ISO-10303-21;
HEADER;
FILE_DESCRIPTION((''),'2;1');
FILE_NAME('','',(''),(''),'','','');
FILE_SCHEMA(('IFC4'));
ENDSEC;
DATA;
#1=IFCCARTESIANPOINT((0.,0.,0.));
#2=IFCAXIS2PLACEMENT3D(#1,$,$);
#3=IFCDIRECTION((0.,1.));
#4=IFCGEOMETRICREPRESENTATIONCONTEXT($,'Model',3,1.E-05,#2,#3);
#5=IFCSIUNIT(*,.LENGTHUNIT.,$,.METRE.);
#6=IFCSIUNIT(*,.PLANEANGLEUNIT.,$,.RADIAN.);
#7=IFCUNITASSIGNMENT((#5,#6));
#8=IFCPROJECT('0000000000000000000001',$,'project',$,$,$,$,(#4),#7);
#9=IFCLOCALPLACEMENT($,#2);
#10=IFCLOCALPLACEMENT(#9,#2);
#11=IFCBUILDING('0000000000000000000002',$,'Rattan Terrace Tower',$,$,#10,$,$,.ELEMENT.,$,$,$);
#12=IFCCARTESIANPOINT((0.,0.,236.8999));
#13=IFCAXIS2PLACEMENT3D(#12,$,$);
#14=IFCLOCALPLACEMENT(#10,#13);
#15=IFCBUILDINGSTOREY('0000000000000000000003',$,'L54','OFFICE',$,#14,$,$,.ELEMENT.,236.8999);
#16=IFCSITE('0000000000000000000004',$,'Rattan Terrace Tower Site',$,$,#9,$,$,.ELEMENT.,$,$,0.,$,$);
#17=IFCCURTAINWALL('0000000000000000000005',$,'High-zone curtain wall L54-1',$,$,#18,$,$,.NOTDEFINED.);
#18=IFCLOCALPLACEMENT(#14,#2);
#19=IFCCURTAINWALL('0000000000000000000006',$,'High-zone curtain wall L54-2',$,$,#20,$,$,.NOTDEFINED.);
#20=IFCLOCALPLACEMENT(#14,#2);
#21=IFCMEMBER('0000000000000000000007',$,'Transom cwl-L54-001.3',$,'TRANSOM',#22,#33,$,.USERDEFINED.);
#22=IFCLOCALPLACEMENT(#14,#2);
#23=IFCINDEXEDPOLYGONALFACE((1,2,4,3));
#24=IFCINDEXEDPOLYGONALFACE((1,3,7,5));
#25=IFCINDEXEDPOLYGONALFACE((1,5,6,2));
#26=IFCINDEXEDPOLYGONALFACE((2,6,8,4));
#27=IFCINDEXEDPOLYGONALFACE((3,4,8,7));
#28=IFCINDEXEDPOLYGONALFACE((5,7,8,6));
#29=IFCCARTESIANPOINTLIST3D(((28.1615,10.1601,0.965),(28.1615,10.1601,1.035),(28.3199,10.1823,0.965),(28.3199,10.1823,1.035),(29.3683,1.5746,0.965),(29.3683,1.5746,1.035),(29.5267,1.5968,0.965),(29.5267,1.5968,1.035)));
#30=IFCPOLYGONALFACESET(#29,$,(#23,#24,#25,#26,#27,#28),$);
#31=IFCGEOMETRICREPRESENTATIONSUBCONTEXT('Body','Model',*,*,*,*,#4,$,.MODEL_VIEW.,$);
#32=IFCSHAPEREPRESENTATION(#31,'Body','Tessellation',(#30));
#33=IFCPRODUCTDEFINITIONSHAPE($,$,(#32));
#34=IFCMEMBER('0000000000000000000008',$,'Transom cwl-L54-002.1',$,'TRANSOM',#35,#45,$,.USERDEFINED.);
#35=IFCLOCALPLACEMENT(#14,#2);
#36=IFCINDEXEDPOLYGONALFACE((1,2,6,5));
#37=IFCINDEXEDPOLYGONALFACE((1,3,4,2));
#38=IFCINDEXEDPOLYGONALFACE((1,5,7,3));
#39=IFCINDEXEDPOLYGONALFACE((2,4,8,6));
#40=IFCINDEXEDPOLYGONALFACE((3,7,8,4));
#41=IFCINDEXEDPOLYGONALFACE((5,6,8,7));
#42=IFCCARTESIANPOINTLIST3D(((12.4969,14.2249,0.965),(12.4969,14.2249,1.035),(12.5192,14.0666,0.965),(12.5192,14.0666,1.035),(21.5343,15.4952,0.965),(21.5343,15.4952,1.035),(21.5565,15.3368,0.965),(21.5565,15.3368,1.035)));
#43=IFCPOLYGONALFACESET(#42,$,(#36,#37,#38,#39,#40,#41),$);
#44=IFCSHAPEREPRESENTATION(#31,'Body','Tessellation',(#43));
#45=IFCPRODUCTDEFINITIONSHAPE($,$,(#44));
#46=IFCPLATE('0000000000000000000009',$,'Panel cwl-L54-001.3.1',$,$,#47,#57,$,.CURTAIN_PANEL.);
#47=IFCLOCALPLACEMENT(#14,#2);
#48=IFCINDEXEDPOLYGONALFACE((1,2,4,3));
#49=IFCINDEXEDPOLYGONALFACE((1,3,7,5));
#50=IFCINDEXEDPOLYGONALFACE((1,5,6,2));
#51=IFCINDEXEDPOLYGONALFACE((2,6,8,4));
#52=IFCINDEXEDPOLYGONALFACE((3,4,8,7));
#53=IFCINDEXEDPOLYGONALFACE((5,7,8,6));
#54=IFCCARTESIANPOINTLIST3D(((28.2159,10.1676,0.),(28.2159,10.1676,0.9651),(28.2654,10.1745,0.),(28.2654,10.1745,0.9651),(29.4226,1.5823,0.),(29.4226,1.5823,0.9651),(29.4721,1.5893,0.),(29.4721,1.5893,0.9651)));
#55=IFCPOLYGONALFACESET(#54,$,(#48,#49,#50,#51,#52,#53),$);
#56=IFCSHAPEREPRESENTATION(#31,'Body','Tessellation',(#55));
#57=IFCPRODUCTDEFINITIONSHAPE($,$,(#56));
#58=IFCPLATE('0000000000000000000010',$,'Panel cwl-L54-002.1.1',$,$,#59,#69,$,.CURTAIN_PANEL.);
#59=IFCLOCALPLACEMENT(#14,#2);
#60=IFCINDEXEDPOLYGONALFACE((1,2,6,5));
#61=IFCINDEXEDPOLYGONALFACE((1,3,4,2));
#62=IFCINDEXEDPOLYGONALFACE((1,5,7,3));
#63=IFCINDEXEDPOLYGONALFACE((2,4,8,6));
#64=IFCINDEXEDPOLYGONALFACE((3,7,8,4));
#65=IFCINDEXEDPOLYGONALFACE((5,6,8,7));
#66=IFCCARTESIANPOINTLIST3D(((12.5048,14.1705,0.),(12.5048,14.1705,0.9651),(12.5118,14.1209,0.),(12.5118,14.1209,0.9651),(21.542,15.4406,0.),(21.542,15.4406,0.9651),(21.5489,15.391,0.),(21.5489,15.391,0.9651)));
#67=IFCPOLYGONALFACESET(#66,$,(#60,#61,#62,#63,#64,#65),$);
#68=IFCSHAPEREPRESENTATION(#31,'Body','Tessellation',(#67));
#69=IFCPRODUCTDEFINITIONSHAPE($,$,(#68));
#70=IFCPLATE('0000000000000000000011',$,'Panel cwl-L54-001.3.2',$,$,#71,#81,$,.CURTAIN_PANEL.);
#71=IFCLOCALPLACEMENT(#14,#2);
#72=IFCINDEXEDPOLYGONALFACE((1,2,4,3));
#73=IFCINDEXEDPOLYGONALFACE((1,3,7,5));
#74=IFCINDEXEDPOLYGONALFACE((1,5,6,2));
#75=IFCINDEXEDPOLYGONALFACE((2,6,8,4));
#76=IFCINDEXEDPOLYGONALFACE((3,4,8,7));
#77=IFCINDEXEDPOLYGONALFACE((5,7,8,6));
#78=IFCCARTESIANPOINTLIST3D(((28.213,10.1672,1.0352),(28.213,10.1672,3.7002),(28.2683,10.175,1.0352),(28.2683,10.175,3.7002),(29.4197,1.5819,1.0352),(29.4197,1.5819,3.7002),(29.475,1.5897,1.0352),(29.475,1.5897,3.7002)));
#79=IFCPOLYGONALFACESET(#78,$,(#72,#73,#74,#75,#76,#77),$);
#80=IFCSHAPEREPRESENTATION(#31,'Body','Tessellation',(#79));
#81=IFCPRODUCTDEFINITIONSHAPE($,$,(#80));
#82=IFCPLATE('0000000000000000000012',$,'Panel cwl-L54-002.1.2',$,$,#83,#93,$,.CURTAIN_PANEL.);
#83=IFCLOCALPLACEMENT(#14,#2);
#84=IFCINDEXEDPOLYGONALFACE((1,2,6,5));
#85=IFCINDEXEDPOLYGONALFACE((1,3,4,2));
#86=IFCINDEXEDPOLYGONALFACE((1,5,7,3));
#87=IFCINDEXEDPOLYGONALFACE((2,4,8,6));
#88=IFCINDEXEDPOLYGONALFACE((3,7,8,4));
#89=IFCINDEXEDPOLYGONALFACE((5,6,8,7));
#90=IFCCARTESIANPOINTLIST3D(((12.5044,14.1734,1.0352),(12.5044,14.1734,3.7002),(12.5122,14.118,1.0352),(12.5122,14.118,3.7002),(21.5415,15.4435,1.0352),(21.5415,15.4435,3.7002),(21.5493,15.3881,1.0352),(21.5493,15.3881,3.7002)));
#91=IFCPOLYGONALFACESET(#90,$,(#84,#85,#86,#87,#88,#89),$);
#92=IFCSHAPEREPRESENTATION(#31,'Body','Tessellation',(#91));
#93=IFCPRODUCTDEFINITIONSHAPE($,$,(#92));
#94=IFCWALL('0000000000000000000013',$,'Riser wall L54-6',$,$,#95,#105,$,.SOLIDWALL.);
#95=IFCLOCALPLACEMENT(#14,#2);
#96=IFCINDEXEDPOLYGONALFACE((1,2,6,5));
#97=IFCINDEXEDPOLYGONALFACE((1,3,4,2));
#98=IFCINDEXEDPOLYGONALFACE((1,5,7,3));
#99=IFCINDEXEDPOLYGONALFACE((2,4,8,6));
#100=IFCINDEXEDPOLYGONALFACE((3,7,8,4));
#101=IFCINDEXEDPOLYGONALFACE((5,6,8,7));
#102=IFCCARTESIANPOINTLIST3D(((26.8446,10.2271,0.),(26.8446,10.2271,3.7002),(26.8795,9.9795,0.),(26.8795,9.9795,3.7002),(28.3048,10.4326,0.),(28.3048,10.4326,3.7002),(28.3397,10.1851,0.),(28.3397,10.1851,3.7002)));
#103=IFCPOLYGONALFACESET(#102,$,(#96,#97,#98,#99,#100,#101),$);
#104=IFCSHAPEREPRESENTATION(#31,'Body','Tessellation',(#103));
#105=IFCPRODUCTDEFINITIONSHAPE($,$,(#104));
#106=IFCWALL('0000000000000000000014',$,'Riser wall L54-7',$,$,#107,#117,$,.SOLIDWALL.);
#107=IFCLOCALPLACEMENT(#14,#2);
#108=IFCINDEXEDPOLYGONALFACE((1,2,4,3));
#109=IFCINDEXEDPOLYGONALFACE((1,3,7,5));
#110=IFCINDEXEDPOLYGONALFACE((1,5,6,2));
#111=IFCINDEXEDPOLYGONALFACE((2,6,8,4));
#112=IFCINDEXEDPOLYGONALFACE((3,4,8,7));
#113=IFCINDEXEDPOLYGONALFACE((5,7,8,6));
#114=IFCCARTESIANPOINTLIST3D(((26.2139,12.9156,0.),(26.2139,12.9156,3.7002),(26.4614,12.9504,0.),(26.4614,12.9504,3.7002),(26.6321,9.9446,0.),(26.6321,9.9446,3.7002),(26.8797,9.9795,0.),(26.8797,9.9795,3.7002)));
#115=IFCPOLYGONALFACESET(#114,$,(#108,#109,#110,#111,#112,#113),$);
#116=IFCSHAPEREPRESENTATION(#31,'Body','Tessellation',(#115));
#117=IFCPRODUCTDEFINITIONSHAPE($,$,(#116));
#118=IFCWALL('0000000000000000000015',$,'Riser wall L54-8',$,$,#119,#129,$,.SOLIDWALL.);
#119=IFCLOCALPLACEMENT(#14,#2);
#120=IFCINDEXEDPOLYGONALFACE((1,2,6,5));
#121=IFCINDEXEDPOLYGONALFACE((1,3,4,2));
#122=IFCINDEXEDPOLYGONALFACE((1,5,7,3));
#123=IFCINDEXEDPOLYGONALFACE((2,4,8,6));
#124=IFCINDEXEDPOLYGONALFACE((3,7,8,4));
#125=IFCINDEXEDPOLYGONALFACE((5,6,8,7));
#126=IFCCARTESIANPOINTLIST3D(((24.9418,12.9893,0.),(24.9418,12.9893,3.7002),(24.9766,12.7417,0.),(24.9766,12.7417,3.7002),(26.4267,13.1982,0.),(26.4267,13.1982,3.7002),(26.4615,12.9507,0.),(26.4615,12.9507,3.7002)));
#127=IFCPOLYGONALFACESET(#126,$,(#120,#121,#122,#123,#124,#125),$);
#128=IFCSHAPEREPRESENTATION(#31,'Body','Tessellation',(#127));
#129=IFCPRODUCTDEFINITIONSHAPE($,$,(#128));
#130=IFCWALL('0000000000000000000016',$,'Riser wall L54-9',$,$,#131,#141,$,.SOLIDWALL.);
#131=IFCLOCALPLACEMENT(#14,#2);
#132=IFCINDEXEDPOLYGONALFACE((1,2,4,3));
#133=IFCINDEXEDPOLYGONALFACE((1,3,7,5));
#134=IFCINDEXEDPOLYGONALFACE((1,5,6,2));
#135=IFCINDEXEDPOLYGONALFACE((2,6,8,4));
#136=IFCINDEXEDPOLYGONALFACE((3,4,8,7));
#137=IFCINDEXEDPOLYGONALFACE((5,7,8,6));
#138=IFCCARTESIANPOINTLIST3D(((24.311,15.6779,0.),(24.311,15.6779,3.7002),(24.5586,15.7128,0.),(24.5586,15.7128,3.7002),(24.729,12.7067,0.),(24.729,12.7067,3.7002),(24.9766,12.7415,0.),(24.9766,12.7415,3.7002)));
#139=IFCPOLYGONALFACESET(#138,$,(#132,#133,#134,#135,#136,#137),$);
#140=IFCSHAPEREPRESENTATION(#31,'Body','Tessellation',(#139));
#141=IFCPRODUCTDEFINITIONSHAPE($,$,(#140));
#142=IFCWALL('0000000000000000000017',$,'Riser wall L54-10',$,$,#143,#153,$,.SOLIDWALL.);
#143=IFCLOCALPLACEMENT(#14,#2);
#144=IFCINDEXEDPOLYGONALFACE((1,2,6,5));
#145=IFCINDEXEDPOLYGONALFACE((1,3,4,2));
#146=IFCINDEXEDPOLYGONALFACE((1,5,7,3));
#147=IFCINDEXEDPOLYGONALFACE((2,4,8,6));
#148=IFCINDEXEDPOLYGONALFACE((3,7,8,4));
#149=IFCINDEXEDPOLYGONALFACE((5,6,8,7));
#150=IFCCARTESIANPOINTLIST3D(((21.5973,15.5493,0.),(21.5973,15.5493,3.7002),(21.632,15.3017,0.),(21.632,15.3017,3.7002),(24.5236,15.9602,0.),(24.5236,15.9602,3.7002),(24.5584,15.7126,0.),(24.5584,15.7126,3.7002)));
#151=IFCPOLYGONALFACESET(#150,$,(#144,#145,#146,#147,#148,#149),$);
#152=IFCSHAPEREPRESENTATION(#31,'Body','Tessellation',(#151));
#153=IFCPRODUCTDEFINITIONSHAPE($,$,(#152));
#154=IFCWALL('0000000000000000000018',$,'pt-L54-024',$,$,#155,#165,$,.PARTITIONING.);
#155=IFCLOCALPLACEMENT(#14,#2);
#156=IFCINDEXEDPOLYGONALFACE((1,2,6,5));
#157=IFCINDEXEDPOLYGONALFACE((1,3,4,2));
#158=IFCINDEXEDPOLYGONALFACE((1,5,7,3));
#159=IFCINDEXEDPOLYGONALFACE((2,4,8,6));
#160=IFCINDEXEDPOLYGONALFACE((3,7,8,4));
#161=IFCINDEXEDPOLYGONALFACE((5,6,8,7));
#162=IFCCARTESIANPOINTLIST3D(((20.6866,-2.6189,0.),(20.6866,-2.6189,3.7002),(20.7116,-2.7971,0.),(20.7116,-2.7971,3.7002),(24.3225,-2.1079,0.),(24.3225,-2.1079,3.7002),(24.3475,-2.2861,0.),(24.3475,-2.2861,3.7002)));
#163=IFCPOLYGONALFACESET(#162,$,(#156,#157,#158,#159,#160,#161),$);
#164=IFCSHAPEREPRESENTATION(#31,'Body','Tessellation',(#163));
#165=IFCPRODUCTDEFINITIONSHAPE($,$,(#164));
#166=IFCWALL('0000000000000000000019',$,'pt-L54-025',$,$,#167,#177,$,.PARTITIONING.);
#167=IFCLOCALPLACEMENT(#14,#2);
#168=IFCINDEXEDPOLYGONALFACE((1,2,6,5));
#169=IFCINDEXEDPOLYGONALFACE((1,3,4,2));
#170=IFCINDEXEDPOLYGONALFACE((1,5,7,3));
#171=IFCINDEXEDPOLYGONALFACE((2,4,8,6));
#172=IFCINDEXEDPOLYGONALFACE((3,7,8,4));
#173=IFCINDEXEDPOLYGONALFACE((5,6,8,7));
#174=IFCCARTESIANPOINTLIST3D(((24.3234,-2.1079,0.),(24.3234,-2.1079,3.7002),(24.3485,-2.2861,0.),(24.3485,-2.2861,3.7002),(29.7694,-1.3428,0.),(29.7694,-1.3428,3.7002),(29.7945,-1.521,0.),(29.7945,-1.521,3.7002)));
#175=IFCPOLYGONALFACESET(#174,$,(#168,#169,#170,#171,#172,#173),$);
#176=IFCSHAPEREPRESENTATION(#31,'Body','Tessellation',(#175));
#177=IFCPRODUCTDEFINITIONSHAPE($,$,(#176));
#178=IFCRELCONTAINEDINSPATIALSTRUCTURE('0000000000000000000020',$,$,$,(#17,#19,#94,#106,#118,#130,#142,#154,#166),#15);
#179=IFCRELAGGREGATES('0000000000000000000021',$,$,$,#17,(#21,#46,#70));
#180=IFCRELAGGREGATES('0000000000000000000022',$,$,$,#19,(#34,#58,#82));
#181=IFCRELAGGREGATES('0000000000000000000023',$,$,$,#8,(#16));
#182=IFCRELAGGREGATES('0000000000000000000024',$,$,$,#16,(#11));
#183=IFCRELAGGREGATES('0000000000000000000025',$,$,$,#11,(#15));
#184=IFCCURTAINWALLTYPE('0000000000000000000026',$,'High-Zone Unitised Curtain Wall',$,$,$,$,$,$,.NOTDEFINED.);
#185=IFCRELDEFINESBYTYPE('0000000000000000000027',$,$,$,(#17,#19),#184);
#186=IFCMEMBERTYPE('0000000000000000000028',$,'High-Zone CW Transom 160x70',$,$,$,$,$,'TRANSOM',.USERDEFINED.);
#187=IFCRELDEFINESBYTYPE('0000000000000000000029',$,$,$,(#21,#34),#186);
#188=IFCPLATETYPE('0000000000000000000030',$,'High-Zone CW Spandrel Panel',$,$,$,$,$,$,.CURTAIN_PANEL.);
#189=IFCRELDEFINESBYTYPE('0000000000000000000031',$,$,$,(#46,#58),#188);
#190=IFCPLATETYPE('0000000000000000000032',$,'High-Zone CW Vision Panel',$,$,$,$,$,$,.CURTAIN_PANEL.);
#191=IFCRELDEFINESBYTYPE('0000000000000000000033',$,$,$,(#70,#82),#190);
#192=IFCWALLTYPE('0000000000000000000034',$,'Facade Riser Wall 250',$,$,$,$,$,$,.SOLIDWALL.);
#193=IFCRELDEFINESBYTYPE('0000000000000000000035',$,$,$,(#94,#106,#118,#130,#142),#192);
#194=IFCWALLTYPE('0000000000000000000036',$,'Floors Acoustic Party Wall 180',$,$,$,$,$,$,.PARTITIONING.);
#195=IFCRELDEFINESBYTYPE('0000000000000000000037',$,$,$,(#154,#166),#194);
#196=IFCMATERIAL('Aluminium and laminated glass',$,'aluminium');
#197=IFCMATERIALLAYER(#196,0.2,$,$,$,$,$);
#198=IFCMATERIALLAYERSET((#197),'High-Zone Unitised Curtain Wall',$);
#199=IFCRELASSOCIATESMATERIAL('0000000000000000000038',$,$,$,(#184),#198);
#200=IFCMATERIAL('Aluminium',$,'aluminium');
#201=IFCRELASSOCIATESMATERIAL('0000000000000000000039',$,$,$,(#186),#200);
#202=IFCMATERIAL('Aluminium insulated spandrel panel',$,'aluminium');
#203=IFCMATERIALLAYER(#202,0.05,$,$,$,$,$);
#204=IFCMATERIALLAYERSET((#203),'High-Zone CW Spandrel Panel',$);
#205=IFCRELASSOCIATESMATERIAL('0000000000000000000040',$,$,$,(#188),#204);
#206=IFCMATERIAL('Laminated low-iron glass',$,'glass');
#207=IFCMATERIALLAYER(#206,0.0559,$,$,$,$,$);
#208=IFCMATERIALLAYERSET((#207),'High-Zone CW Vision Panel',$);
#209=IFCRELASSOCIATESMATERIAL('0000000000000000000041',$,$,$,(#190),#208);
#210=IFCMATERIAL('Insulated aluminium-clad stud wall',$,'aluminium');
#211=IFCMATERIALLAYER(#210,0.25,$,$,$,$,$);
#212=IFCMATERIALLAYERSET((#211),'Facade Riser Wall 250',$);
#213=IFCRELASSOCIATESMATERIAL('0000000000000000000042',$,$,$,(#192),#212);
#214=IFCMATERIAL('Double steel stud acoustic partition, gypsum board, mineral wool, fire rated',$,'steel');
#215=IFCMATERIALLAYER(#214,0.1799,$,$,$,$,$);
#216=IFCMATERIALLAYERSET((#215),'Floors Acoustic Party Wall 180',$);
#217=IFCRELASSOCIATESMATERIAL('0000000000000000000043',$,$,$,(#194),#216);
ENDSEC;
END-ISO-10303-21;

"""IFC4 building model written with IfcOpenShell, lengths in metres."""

from ifc_helpers import new_model, si_unit, direction, frame, frame_2d, origin, origin_2d, place, context, subcontext, project, spatial, rectangle, extrude, material, layer, layer_set, material_profile, profile_set, type_object, element, aggregate, save


model = new_model("IFC4")

# Units and contexts
model_context = context("Model", 3, precision=1e-05, world=origin(), true_north=direction((0.0, 1.0)))
body_context = subcontext(model_context, "Body", "Model", "MODEL_VIEW")
ifc_project = project(units=[si_unit("LENGTHUNIT", "METRE"), si_unit("PLANEANGLEUNIT", "RADIAN")], contexts=[model_context])

# Site, building, storey
site_placement = place(None, origin())
site = spatial("IfcSite", under=ifc_project, at=site_placement, Name="Rattan Terrace Tower Site", CompositionType="ELEMENT", RefElevation=0.0)
building_placement = place(site_placement, origin())
building = spatial("IfcBuilding", under=site, at=building_placement, Name="Rattan Terrace Tower", CompositionType="ELEMENT")
storey_placement = place(building_placement, frame((0.0, 0.0, 236.8999)))
storey = spatial("IfcBuildingStorey", under=building, at=storey_placement, Name="L54", Description="OFFICE", CompositionType="ELEMENT", Elevation=236.8999)

# Curtain walls
ifc_material_1 = material(Name="Aluminium and laminated glass", Category="aluminium")
ifc_layer_1 = layer(ifc_material_1, 0.2)
ifc_layer_set_1 = layer_set([ifc_layer_1], Name="High-Zone Unitised Curtain Wall")
curtain_wall_type = type_object("IfcCurtainWallType", Name="High-Zone Unitised Curtain Wall", PredefinedType="NOTDEFINED", material=ifc_layer_set_1)
curtain_wall_1_placement = place(storey_placement, origin())
curtain_wall_1 = element("IfcCurtainWall", 1, at=curtain_wall_1_placement, inside=storey, type_object=curtain_wall_type, Name="High-zone curtain wall L54-1", PredefinedType="NOTDEFINED")
curtain_wall_2_placement = place(storey_placement, origin())
curtain_wall_2 = element("IfcCurtainWall", 2, at=curtain_wall_2_placement, inside=storey, type_object=curtain_wall_type, Name="High-zone curtain wall L54-2", PredefinedType="NOTDEFINED")

# Members
ifc_material_2 = material(Name="Aluminium", Category="aluminium")
ifc_material_profile_1 = material_profile(ifc_material_2, rectangle(XDim=0.1599, YDim=0.0701, at=origin_2d()), Name="Aluminium 160x70")
ifc_profile_set_1 = profile_set([ifc_material_profile_1], Name="Aluminium")
member_type_1 = type_object("IfcMemberType", Name="High-Zone CW Transom 160x70", ElementType="TRANSOM", PredefinedType="USERDEFINED", material=ifc_profile_set_1)
member_1_placement = place(storey_placement, frame((29.4475, 1.5857, 1.0), z_axis=(-0.139194, 0.990265, 0.0), x_axis=(-0.990265, -0.139194, 0.0)))
member_1 = element("IfcMember", 3, at=member_1_placement, type_object=member_type_1, Name="Transom cwl-L54-001.3", ObjectType="TRANSOM", PredefinedType="USERDEFINED", context=body_context, shape_type="SweptSolid", body=[
    extrude(rectangle(XDim=0.1599, YDim=0.0701, at=origin_2d()), origin(), (0.0, 0.0, 1.0), 8.6699),
])
member_2_placement = place(storey_placement, frame((21.5454, 15.416, 1.0), z_axis=(-0.990266, -0.139189, 0.0), x_axis=(0.139189, -0.990266, 0.0)))
member_2 = element("IfcMember", 4, at=member_2_placement, type_object=member_type_1, Name="Transom cwl-L54-002.1", ObjectType="TRANSOM", PredefinedType="USERDEFINED", context=body_context, shape_type="SweptSolid", body=[
    extrude(rectangle(XDim=0.1599, YDim=0.0701, at=origin_2d()), origin(), (0.0, 0.0, 1.0), 9.1262),
])

# Plates
ifc_material_3 = material(Name="Aluminium insulated spandrel panel", Category="aluminium")
ifc_layer_2 = layer(ifc_material_3, 0.05)
ifc_layer_set_2 = layer_set([ifc_layer_2], Name="High-Zone CW Spandrel Panel")
plate_type_1 = type_object("IfcPlateType", Name="High-Zone CW Spandrel Panel", PredefinedType="CURTAIN_PANEL", material=ifc_layer_set_2)
plate_1_placement = place(storey_placement, frame((28.844, 5.8784, 0.0), z_axis=(0.0, 0.0, 1.0), x_axis=(-0.139186, 0.990266, 0.0)))
plate_1 = element("IfcPlate", 5, at=plate_1_placement, type_object=plate_type_1, Name="Panel cwl-L54-001.3.1", PredefinedType="CURTAIN_PANEL", context=body_context, shape_type="SweptSolid", body=[
    extrude(rectangle(XDim=8.6697, YDim=0.05, at=origin_2d()), origin(), (0.0, 0.0, 1.0), 0.9651),
])
plate_2_placement = place(storey_placement, frame((17.0269, 14.7808, 0.0), z_axis=(0.0, 0.0, 1.0), x_axis=(-0.990267, -0.139177, 0.0)))
plate_2 = element("IfcPlate", 6, at=plate_2_placement, type_object=plate_type_1, Name="Panel cwl-L54-002.1.1", PredefinedType="CURTAIN_PANEL", context=body_context, shape_type="SweptSolid", body=[
    extrude(rectangle(XDim=9.126, YDim=0.05, at=origin_2d()), origin(), (0.0, 0.0, 1.0), 0.9651),
])
ifc_material_4 = material(Name="Laminated low-iron glass", Category="glass")
ifc_layer_3 = layer(ifc_material_4, 0.0559)
ifc_layer_set_3 = layer_set([ifc_layer_3], Name="High-Zone CW Vision Panel")
plate_type_2 = type_object("IfcPlateType", Name="High-Zone CW Vision Panel", PredefinedType="CURTAIN_PANEL", material=ifc_layer_set_3)
plate_3_placement = place(storey_placement, frame((28.844, 5.8784, 1.0352), z_axis=(0.0, 0.0, 1.0), x_axis=(-0.139186, 0.990266, 0.0)))
plate_3 = element("IfcPlate", 7, at=plate_3_placement, type_object=plate_type_2, Name="Panel cwl-L54-001.3.2", PredefinedType="CURTAIN_PANEL", context=body_context, shape_type="SweptSolid", body=[
    extrude(rectangle(XDim=8.6697, YDim=0.0559, at=origin_2d()), origin(), (0.0, 0.0, 1.0), 2.665),
])
aggregate(curtain_wall_1, [member_1, plate_1, plate_3])
plate_4_placement = place(storey_placement, frame((17.0269, 14.7808, 1.0352), z_axis=(0.0, 0.0, 1.0), x_axis=(-0.990267, -0.139177, 0.0)))
plate_4 = element("IfcPlate", 8, at=plate_4_placement, type_object=plate_type_2, Name="Panel cwl-L54-002.1.2", PredefinedType="CURTAIN_PANEL", context=body_context, shape_type="SweptSolid", body=[
    extrude(rectangle(XDim=9.126, YDim=0.0559, at=origin_2d()), origin(), (0.0, 0.0, 1.0), 2.665),
])
aggregate(curtain_wall_2, [member_2, plate_2, plate_4])

# Walls
ifc_material_5 = material(Name="Insulated aluminium-clad stud wall", Category="aluminium")
ifc_layer_4 = layer(ifc_material_5, 0.25)
ifc_layer_set_4 = layer_set([ifc_layer_4], Name="Facade Riser Wall 250")
wall_type_1 = type_object("IfcWallType", Name="Facade Riser Wall 250", PredefinedType="SOLIDWALL", material=ifc_layer_set_4)
wall_1_placement = place(storey_placement, frame((28.3223, 10.3088, 0.0), z_axis=(0.0, 0.0, 1.0), x_axis=(-0.990236, -0.139404, 0.0)))
element("IfcWall", 9, at=wall_1_placement, inside=storey, type_object=wall_type_1, Name="Riser wall L54-6", PredefinedType="SOLIDWALL", context=body_context, shape_type="SweptSolid", body=[
    extrude(rectangle(XDim=1.4746, YDim=0.25, at=frame_2d((0.7373, 0.0))), origin(), (0.0, 0.0, 1.0), 3.7002),
])
wall_2_placement = place(storey_placement, frame((26.7559, 9.9622, 0.0), z_axis=(0.0, 0.0, 1.0), x_axis=(-0.139393, 0.990237, 0.0)))
element("IfcWall", 10, at=wall_2_placement, inside=storey, type_object=wall_type_1, Name="Riser wall L54-7", PredefinedType="SOLIDWALL", context=body_context, shape_type="SweptSolid", body=[
    extrude(rectangle(XDim=3.0002, YDim=0.25, at=frame_2d((1.5, 0.0))), origin(), (0.0, 0.0, 1.0), 3.7002),
])
wall_3_placement = place(storey_placement, frame((26.4441, 13.0745, 0.0), z_axis=(0.0, 0.0, 1.0), x_axis=(-0.99024, -0.13937, 0.0)))
element("IfcWall", 11, at=wall_3_placement, inside=storey, type_object=wall_type_1, Name="Riser wall L54-8", PredefinedType="SOLIDWALL", context=body_context, shape_type="SweptSolid", body=[
    extrude(rectangle(XDim=1.4995, YDim=0.25, at=frame_2d((0.7498, 0.0))), origin(), (0.0, 0.0, 1.0), 3.7002),
])
wall_4_placement = place(storey_placement, frame((24.8528, 12.7241, 0.0), z_axis=(0.0, 0.0, 1.0), x_axis=(-0.139302, 0.99025, 0.0)))
element("IfcWall", 12, at=wall_4_placement, inside=storey, type_object=wall_type_1, Name="Riser wall L54-9", PredefinedType="SOLIDWALL", context=body_context, shape_type="SweptSolid", body=[
    extrude(rectangle(XDim=3.0005, YDim=0.25, at=frame_2d((1.5002, 0.0))), origin(), (0.0, 0.0, 1.0), 3.7002),
])
wall_5_placement = place(storey_placement, frame((24.541, 15.8364, 0.0), z_axis=(0.0, 0.0, 1.0), x_axis=(-0.990285, -0.13905, 0.0)))
element("IfcWall", 13, at=wall_5_placement, inside=storey, type_object=wall_type_1, Name="Riser wall L54-10", PredefinedType="SOLIDWALL", context=body_context, shape_type="SweptSolid", body=[
    extrude(rectangle(XDim=2.9551, YDim=0.25, at=frame_2d((1.4775, 0.0))), origin(), (0.0, 0.0, 1.0), 3.7002),
])
ifc_material_6 = material(Name="Double steel stud acoustic partition, gypsum board, mineral wool, fire rated", Category="steel")
ifc_layer_5 = layer(ifc_material_6, 0.1799)
ifc_layer_set_5 = layer_set([ifc_layer_5], Name="Floors Acoustic Party Wall 180")
wall_type_2 = type_object("IfcWallType", Name="Floors Acoustic Party Wall 180", PredefinedType="PARTITIONING", material=ifc_layer_set_5)
wall_6_placement = place(storey_placement, frame((20.699, -2.708, 0.0), z_axis=(0.0, 0.0, 1.0), x_axis=(0.990269, 0.139168, 0.0)))
element("IfcWall", 14, at=wall_6_placement, inside=storey, type_object=wall_type_2, Name="pt-L54-024", PredefinedType="PARTITIONING", context=body_context, shape_type="SweptSolid", body=[
    extrude(rectangle(XDim=3.6716, YDim=0.1799, at=frame_2d((1.8359, 0.0))), origin(), (0.0, 0.0, 1.0), 3.7002),
])
wall_7_placement = place(storey_placement, frame((24.3359, -2.197, 0.0), z_axis=(0.0, 0.0, 1.0), x_axis=(0.990274, 0.139128, 0.0)))
element("IfcWall", 15, at=wall_7_placement, inside=storey, type_object=wall_type_2, Name="pt-L54-025", PredefinedType="PARTITIONING", context=body_context, shape_type="SweptSolid", body=[
    extrude(rectangle(XDim=5.4995, YDim=0.1799, at=frame_2d((2.7498, 0.0))), origin(), (0.0, 0.0, 1.0), 3.7002),
])

save(model, "model.ifc")
